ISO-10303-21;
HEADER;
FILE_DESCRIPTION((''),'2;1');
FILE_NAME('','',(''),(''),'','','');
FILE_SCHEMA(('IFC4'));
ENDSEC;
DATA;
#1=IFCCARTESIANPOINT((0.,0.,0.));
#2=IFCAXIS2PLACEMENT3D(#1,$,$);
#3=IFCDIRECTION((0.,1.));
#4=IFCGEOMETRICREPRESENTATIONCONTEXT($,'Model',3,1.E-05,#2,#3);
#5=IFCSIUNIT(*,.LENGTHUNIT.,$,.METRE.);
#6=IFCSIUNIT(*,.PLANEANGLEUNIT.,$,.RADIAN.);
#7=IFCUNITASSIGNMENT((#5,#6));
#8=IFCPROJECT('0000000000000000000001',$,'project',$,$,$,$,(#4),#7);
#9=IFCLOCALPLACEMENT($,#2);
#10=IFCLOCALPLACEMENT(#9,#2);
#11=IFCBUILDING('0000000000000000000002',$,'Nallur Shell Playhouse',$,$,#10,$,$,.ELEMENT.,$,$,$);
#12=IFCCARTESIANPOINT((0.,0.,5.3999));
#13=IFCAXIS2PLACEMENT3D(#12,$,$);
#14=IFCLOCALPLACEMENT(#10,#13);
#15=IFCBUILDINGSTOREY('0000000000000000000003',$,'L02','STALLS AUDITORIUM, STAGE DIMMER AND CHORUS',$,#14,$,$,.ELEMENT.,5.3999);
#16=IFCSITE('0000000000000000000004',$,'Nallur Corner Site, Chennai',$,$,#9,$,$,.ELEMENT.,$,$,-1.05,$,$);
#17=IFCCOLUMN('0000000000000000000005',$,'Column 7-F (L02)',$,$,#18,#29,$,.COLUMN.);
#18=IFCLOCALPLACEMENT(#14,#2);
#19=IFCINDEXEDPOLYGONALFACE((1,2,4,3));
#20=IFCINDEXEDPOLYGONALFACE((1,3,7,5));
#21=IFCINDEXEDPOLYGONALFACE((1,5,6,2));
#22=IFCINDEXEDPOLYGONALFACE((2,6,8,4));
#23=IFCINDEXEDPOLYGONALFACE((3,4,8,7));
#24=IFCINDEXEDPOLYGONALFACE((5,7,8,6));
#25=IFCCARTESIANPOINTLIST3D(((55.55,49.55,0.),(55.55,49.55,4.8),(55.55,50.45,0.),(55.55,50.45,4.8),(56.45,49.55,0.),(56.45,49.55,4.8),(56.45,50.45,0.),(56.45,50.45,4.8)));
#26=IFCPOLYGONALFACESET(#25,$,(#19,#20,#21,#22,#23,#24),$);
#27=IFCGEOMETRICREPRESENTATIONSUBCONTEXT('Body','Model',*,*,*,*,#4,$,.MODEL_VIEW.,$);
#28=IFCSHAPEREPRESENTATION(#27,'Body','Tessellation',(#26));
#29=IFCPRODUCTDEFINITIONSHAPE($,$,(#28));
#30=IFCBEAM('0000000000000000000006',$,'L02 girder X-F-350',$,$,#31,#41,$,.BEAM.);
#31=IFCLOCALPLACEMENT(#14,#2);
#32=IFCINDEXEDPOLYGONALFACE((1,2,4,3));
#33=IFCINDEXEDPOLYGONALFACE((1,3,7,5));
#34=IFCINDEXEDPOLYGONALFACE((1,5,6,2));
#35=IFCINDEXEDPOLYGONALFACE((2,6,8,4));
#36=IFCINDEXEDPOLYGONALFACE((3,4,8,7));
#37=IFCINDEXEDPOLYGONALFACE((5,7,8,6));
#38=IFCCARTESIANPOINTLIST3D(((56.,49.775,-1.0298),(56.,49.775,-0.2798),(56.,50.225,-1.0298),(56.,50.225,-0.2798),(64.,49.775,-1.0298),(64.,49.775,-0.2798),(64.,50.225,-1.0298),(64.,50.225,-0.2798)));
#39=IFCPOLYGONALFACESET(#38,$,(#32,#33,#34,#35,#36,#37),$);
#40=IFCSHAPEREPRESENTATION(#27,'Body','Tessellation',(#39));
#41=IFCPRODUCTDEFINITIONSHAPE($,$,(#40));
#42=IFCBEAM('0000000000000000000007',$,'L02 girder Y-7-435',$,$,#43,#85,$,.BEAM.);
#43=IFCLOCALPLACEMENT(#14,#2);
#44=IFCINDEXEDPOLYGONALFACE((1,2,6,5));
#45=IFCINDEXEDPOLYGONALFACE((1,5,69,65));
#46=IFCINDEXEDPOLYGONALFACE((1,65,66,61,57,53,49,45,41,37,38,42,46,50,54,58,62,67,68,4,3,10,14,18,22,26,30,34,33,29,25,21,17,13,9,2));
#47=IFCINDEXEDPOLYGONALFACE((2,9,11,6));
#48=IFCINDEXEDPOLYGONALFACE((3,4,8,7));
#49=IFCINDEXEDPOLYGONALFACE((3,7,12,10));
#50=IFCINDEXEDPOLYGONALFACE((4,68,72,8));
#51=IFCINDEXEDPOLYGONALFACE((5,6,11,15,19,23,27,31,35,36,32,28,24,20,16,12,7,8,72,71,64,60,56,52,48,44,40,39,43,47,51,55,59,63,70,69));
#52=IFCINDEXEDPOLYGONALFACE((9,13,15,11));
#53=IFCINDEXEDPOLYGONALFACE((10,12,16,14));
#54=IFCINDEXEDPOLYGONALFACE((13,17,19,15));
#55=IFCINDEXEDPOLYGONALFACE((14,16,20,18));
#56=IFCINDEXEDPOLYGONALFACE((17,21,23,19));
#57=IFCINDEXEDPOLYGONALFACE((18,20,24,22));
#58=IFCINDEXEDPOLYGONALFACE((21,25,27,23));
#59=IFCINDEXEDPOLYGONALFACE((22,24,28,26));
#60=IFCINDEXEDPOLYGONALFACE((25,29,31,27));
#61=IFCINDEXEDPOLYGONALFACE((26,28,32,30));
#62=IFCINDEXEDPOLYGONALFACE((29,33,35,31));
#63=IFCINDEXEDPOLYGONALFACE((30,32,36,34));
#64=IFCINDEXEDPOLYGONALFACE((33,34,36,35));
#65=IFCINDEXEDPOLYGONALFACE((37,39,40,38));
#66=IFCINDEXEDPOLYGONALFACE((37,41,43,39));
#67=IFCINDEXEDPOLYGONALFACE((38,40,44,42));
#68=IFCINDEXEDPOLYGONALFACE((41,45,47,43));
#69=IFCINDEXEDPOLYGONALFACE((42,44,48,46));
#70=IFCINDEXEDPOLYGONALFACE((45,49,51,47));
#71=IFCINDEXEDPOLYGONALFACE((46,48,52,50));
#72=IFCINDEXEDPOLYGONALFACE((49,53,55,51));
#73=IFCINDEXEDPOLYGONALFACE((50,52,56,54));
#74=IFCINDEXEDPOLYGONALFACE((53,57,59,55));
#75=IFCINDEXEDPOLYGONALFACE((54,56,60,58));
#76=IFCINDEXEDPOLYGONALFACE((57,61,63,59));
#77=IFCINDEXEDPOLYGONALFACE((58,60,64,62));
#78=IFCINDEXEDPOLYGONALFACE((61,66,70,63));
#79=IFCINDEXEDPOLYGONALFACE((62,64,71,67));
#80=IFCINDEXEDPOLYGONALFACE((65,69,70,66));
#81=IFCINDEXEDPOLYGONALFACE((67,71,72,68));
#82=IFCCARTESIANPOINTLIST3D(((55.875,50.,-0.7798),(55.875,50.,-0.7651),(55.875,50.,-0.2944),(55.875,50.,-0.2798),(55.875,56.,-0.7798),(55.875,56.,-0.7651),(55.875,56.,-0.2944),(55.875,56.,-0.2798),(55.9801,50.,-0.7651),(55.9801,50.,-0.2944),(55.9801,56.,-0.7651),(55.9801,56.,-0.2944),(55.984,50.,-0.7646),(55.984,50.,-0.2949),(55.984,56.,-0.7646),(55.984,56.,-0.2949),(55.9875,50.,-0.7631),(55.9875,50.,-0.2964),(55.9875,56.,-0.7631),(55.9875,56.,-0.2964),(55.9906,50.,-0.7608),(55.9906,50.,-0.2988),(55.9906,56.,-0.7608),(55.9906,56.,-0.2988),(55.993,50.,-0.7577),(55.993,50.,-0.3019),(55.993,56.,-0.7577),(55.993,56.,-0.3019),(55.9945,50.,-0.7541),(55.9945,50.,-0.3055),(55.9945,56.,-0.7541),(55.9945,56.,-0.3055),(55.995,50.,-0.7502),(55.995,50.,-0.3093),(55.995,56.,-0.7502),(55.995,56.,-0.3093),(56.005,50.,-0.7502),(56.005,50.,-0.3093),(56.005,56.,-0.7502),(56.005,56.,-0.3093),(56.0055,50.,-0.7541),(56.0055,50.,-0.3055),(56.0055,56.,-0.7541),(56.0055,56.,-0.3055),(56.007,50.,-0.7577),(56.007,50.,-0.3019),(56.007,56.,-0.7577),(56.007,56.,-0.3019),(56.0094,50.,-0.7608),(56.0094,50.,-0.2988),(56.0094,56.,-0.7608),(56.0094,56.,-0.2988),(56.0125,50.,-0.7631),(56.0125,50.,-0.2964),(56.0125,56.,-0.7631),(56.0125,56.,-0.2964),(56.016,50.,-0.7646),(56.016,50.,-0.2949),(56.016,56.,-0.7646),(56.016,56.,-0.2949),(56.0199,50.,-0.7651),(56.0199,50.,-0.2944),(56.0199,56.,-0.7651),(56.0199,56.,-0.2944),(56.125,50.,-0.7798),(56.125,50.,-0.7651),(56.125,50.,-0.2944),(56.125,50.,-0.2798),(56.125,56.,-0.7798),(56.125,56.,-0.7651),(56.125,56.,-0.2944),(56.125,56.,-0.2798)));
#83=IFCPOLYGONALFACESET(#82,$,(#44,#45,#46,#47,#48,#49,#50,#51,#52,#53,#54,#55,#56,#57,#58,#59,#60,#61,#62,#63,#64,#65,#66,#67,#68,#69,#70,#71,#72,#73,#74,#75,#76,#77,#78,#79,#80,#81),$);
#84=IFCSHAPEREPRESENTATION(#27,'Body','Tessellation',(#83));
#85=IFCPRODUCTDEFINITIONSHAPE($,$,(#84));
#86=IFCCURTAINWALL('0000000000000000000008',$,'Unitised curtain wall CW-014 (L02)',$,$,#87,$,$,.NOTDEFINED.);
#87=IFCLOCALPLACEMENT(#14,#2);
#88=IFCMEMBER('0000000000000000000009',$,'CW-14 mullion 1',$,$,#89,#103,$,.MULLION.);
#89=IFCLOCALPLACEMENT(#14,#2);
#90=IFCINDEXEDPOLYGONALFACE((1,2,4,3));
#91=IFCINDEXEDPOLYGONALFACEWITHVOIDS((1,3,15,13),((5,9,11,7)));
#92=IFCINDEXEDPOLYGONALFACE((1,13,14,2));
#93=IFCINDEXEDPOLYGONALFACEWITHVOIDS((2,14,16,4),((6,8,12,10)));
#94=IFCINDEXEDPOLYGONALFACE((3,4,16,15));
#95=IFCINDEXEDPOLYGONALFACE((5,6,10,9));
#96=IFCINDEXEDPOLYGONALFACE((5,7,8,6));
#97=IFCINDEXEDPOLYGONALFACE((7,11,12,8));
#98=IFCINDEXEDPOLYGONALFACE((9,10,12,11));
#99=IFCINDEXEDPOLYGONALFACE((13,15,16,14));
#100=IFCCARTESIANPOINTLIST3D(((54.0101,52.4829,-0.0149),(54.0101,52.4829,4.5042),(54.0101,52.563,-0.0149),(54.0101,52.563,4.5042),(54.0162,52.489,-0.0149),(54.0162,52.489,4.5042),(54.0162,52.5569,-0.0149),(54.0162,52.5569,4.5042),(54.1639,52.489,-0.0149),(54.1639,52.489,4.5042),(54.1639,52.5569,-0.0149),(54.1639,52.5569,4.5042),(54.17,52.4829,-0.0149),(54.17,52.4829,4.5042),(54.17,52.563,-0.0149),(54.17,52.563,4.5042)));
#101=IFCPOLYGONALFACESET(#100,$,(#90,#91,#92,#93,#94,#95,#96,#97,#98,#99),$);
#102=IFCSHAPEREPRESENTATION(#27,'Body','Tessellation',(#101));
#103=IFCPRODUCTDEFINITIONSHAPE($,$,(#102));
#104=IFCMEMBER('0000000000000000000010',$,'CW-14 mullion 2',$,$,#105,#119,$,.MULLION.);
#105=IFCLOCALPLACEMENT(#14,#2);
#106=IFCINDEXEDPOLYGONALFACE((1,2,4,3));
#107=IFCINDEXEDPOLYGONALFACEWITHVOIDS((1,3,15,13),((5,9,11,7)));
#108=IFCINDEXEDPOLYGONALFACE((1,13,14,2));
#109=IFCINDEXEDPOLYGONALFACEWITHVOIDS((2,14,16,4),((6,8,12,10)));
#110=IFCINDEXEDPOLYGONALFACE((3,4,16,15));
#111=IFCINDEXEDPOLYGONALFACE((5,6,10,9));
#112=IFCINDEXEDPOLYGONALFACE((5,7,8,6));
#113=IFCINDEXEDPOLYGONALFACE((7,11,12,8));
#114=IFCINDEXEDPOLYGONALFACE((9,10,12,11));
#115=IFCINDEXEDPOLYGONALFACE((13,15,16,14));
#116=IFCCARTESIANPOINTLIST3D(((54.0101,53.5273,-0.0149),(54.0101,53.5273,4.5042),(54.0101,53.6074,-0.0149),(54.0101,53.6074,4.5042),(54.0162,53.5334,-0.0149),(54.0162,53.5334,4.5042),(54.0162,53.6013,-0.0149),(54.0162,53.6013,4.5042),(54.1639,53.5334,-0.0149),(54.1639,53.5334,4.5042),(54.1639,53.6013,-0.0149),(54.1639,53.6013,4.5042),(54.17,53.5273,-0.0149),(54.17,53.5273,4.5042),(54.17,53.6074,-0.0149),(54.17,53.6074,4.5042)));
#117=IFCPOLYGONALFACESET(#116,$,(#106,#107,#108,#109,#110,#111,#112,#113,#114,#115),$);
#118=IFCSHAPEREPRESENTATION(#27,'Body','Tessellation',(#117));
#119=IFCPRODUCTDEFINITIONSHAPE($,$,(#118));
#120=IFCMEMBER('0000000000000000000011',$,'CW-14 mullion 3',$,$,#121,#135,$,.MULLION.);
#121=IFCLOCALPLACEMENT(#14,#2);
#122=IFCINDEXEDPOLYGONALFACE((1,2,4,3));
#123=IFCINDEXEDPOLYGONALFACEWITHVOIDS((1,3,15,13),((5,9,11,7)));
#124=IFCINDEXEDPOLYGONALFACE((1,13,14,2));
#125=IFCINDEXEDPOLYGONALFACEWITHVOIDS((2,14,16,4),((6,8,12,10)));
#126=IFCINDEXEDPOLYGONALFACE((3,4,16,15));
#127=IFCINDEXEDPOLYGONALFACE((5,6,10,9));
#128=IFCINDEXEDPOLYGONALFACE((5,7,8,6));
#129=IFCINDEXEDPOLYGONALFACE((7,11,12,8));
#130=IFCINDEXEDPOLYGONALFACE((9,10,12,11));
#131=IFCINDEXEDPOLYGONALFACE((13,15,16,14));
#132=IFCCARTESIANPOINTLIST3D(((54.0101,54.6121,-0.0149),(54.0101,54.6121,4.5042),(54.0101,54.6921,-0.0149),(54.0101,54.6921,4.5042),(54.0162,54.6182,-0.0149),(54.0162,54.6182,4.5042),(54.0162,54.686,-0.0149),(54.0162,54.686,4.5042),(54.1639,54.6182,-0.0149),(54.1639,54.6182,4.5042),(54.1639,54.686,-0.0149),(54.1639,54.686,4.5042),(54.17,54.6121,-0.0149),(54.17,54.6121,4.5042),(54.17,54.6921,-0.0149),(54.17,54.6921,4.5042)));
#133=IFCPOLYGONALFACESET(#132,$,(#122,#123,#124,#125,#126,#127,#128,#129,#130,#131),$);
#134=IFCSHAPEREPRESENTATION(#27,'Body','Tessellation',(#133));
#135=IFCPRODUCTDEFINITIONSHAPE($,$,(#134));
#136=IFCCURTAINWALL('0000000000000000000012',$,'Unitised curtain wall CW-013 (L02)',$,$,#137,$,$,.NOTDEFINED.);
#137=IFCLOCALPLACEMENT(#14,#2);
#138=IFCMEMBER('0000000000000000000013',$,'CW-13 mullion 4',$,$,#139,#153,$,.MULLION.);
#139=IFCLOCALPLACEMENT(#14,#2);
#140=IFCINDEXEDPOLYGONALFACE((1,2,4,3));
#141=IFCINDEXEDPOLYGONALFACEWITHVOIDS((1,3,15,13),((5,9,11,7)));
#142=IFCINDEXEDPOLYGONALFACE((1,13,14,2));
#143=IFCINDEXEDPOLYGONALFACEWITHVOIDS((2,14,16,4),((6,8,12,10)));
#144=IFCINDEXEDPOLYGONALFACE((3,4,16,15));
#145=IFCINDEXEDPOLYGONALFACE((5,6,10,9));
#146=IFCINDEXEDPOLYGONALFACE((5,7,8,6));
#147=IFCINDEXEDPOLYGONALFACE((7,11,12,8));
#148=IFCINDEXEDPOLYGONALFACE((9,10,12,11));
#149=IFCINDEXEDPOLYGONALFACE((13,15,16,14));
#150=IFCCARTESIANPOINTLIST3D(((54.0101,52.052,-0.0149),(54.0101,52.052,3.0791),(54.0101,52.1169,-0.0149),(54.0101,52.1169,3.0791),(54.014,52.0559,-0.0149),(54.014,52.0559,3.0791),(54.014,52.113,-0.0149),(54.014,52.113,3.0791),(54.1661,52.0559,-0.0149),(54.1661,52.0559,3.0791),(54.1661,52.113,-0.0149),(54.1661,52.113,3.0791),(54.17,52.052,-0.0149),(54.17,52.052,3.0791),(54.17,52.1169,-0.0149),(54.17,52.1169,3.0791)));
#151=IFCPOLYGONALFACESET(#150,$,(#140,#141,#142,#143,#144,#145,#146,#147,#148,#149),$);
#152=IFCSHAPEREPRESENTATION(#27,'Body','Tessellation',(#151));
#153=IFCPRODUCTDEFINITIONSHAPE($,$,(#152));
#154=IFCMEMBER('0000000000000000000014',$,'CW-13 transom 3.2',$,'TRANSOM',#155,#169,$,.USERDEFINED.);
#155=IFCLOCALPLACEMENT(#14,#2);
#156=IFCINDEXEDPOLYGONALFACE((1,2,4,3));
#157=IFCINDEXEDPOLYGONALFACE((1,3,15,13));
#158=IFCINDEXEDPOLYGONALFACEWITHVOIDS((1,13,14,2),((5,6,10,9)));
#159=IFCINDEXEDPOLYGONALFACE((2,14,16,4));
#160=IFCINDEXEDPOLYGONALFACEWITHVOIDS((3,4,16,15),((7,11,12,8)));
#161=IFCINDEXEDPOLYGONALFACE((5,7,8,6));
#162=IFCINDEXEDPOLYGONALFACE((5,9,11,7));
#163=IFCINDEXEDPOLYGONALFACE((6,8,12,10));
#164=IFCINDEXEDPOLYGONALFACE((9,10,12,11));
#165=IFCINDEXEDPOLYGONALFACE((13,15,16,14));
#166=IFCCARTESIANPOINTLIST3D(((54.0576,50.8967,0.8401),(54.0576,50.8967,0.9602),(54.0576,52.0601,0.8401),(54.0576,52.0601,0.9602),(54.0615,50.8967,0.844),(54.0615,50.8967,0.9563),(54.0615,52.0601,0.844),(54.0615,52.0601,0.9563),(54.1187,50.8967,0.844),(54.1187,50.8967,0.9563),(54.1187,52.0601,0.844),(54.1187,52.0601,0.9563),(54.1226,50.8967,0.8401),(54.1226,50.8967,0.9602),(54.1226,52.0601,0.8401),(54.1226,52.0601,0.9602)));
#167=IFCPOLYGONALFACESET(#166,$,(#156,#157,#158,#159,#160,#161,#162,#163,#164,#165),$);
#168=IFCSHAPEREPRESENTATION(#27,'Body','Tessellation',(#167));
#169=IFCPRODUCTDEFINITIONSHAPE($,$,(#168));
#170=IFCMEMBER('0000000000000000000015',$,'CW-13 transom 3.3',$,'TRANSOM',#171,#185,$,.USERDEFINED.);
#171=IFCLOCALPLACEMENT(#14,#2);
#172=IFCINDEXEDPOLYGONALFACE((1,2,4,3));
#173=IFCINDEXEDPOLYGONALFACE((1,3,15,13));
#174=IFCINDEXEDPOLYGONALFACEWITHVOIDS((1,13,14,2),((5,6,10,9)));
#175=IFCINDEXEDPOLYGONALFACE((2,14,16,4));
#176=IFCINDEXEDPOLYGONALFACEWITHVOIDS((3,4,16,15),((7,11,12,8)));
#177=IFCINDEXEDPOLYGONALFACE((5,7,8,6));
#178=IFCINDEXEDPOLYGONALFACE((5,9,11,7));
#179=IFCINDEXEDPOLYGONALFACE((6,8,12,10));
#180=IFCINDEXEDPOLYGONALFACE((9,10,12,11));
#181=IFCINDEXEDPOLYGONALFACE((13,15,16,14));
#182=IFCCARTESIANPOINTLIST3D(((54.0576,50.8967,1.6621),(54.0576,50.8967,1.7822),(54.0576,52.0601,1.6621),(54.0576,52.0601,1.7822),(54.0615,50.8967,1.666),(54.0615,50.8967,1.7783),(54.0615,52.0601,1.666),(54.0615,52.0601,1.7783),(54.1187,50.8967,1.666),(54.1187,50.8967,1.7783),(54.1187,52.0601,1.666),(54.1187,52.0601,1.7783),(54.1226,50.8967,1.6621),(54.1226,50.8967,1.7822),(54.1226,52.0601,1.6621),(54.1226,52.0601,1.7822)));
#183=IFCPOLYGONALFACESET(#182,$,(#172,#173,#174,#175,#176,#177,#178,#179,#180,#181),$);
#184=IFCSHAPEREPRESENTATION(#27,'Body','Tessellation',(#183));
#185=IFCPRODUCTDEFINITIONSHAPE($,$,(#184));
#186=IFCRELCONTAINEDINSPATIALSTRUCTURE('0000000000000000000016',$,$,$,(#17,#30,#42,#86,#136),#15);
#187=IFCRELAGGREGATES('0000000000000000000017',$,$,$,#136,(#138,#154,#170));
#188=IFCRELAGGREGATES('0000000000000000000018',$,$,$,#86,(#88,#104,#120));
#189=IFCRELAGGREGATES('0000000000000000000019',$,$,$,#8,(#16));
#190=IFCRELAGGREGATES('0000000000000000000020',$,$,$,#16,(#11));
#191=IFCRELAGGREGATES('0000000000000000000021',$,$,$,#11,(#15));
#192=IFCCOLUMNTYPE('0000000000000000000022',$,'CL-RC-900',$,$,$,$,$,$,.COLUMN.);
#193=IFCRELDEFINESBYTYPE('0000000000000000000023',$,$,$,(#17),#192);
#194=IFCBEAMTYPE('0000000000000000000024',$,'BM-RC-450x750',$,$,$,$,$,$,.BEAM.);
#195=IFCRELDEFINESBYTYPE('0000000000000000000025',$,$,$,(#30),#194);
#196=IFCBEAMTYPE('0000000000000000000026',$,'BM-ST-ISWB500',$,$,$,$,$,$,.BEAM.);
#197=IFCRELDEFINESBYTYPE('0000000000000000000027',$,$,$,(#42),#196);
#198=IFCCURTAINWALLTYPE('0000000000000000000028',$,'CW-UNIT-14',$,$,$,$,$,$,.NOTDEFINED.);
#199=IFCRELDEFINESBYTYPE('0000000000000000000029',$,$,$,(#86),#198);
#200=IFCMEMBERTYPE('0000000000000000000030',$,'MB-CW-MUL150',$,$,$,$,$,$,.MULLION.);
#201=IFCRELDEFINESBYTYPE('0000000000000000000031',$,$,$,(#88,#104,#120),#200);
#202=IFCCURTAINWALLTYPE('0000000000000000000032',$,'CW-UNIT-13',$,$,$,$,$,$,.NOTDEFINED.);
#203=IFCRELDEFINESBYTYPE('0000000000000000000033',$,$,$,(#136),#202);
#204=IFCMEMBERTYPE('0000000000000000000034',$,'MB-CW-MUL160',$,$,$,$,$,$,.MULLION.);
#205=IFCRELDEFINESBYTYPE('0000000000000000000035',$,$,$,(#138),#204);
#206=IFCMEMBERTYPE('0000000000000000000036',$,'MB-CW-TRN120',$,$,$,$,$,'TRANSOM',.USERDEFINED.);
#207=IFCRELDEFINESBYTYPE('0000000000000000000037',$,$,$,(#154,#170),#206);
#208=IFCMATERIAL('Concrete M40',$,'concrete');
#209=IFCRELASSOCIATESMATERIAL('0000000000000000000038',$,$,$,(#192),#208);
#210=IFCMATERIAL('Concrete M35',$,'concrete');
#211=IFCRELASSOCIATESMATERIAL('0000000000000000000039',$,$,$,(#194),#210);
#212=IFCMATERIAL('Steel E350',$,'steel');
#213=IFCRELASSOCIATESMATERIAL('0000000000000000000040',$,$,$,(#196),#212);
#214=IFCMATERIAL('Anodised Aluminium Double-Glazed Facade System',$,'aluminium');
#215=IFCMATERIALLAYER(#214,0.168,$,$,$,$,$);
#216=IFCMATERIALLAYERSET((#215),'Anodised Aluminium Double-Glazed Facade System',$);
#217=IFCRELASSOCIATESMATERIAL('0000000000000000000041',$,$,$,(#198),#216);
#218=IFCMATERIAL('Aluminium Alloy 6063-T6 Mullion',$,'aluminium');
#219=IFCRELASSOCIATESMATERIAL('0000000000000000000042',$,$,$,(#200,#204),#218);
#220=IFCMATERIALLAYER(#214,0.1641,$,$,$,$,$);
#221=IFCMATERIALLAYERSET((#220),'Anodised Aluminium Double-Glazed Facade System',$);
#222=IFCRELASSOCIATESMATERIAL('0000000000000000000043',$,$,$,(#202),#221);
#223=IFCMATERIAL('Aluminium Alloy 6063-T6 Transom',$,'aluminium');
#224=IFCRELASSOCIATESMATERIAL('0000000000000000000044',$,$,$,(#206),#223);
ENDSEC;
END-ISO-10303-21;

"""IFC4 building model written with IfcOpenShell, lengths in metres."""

from ifc_helpers import new_model, si_unit, direction, frame, origin, origin_2d, place, context, subcontext, project, spatial, rectangle, hollow_rectangle, i_section, extrude, material, layer, layer_set, material_profile, profile_set, type_object, element, aggregate, save


model = new_model("IFC4")

# Units and contexts
model_context = context("Model", 3, precision=1e-05, world=origin(), true_north=direction((0.0, 1.0)))
body_context = subcontext(model_context, "Body", "Model", "MODEL_VIEW")
ifc_project = project(units=[si_unit("LENGTHUNIT", "METRE"), si_unit("PLANEANGLEUNIT", "RADIAN")], contexts=[model_context])

# Site, building, storey
site_placement = place(None, origin())
site = spatial("IfcSite", under=ifc_project, at=site_placement, Name="Nallur Corner Site, Chennai", CompositionType="ELEMENT", RefElevation=-1.05)
building_placement = place(site_placement, origin())
building = spatial("IfcBuilding", under=site, at=building_placement, Name="Nallur Shell Playhouse", CompositionType="ELEMENT")
storey_placement = place(building_placement, frame((0.0, 0.0, 5.3999)))
storey = spatial("IfcBuildingStorey", under=building, at=storey_placement, Name="L02", Description="STALLS AUDITORIUM, STAGE DIMMER AND CHORUS", CompositionType="ELEMENT", Elevation=5.3999)

# Column
ifc_material_1 = material(Name="Concrete M40", Category="concrete")
ifc_material_profile_1 = material_profile(ifc_material_1, rectangle(XDim=0.8999, YDim=0.8999, at=origin_2d()), Name="RC 900x900")
ifc_profile_set_1 = profile_set([ifc_material_profile_1], Name="Concrete M40")
column_type = type_object("IfcColumnType", Name="CL-RC-900", PredefinedType="COLUMN", material=ifc_profile_set_1)
column_placement = place(storey_placement, frame((56.0, 50.0, 0.0), z_axis=(0.0, 0.0, 1.0), x_axis=(1.0, 0.0, 0.0)))
element("IfcColumn", 1, at=column_placement, inside=storey, type_object=column_type, Name="Column 7-F (L02)", PredefinedType="COLUMN", context=body_context, shape_type="SweptSolid", body=[
    extrude(rectangle(XDim=0.8999, YDim=0.8999, at=origin_2d()), origin(), (0.0, 0.0, 1.0), 4.8),
])

# Beams
ifc_material_2 = material(Name="Concrete M35", Category="concrete")
ifc_material_profile_2 = material_profile(ifc_material_2, rectangle(XDim=0.45, YDim=0.75, at=origin_2d()), Name="RC 450x750")
ifc_profile_set_2 = profile_set([ifc_material_profile_2], Name="Concrete M35")
beam_type_1 = type_object("IfcBeamType", Name="BM-RC-450x750", PredefinedType="BEAM", material=ifc_profile_set_2)
beam_1_placement = place(storey_placement, frame((56.0, 50.0, -0.6548), z_axis=(1.0, 0.0, 0.0), x_axis=(0.0, 1.0, 0.0)))
element("IfcBeam", 2, at=beam_1_placement, inside=storey, type_object=beam_type_1, Name="L02 girder X-F-350", PredefinedType="BEAM", context=body_context, shape_type="SweptSolid", body=[
    extrude(rectangle(XDim=0.45, YDim=0.75, at=origin_2d()), origin(), (0.0, 0.0, 1.0), 8.0),
])
ifc_material_3 = material(Name="Steel E350", Category="steel")
ifc_material_profile_3 = material_profile(ifc_material_3, i_section(OverallWidth=0.25, OverallDepth=0.5, WebThickness=0.01, FlangeThickness=0.0146, FilletRadius=0.0149, at=origin_2d()), Name="ISWB 500")
ifc_profile_set_3 = profile_set([ifc_material_profile_3], Name="Steel E350")
beam_type_2 = type_object("IfcBeamType", Name="BM-ST-ISWB500", PredefinedType="BEAM", material=ifc_profile_set_3)
beam_2_placement = place(storey_placement, frame((56.0, 50.0, -0.5298), z_axis=(0.0, 1.0, 0.0), x_axis=(-1.0, 0.0, 0.0)))
element("IfcBeam", 3, at=beam_2_placement, inside=storey, type_object=beam_type_2, Name="L02 girder Y-7-435", PredefinedType="BEAM", context=body_context, shape_type="SweptSolid", body=[
    extrude(i_section(OverallWidth=0.25, OverallDepth=0.5, WebThickness=0.01, FlangeThickness=0.0146, FilletRadius=0.0149, at=origin_2d()), origin(), (0.0, 0.0, 1.0), 6.0),
])

# Curtain walls, members
ifc_material_4 = material(Name="Anodised Aluminium Double-Glazed Facade System", Category="aluminium")
ifc_layer_1 = layer(ifc_material_4, 0.168)
ifc_layer_set_1 = layer_set([ifc_layer_1], Name="Anodised Aluminium Double-Glazed Facade System")
curtain_wall_type_1 = type_object("IfcCurtainWallType", Name="CW-UNIT-14", PredefinedType="NOTDEFINED", material=ifc_layer_set_1)
curtain_wall_1_placement = place(storey_placement, origin())
curtain_wall_1 = element("IfcCurtainWall", 4, at=curtain_wall_1_placement, inside=storey, type_object=curtain_wall_type_1, Name="Unitised curtain wall CW-014 (L02)", PredefinedType="NOTDEFINED")
ifc_material_5 = material(Name="Aluminium Alloy 6063-T6 Mullion", Category="aluminium")
ifc_material_profile_4 = material_profile(ifc_material_5, hollow_rectangle(XDim=0.0801, YDim=0.1599, WallThickness=0.0061, at=origin_2d()), Name="RHS 160x80x6")
ifc_profile_set_4 = profile_set([ifc_material_profile_4], Name="Aluminium Alloy 6063-T6 Mullion")
member_type_1 = type_object("IfcMemberType", Name="MB-CW-MUL150", PredefinedType="MULLION", material=ifc_profile_set_4)
member_1_placement = place(storey_placement, frame((54.0901, 52.5229, -0.0149), z_axis=(0.0, 0.0, 1.0), x_axis=(0.0, 1.0, 0.0)))
member_1 = element("IfcMember", 5, at=member_1_placement, type_object=member_type_1, Name="CW-14 mullion 1", PredefinedType="MULLION", context=body_context, shape_type="SweptSolid", body=[
    extrude(hollow_rectangle(XDim=0.0801, YDim=0.1599, WallThickness=0.0061, at=origin_2d()), origin(), (0.0, 0.0, 1.0), 4.519),
])
member_2_placement = place(storey_placement, frame((54.0901, 53.5674, -0.0149), z_axis=(0.0, 0.0, 1.0), x_axis=(0.0, 1.0, 0.0)))
member_2 = element("IfcMember", 6, at=member_2_placement, type_object=member_type_1, Name="CW-14 mullion 2", PredefinedType="MULLION", context=body_context, shape_type="SweptSolid", body=[
    extrude(hollow_rectangle(XDim=0.0801, YDim=0.1599, WallThickness=0.0061, at=origin_2d()), origin(), (0.0, 0.0, 1.0), 4.519),
])
member_3_placement = place(storey_placement, frame((54.0901, 54.6521, -0.0149), z_axis=(0.0, 0.0, 1.0), x_axis=(0.0, 1.0, 0.0)))
member_3 = element("IfcMember", 7, at=member_3_placement, type_object=member_type_1, Name="CW-14 mullion 3", PredefinedType="MULLION", context=body_context, shape_type="SweptSolid", body=[
    extrude(hollow_rectangle(XDim=0.0801, YDim=0.1599, WallThickness=0.0061, at=origin_2d()), origin(), (0.0, 0.0, 1.0), 4.519),
])
ifc_layer_2 = layer(ifc_material_4, 0.1641)
ifc_layer_set_2 = layer_set([ifc_layer_2], Name="Anodised Aluminium Double-Glazed Facade System")
curtain_wall_type_2 = type_object("IfcCurtainWallType", Name="CW-UNIT-13", PredefinedType="NOTDEFINED", material=ifc_layer_set_2)
curtain_wall_2_placement = place(storey_placement, origin())
curtain_wall_2 = element("IfcCurtainWall", 8, at=curtain_wall_2_placement, inside=storey, type_object=curtain_wall_type_2, Name="Unitised curtain wall CW-013 (L02)", PredefinedType="NOTDEFINED")
ifc_material_profile_5 = material_profile(ifc_material_5, hollow_rectangle(XDim=0.0649, YDim=0.1599, WallThickness=0.0039, at=origin_2d()), Name="ALU 65x160x4")
ifc_profile_set_5 = profile_set([ifc_material_profile_5], Name="Aluminium Alloy 6063-T6 Mullion")
member_type_2 = type_object("IfcMemberType", Name="MB-CW-MUL160", PredefinedType="MULLION", material=ifc_profile_set_5)
member_4_placement = place(storey_placement, frame((54.0901, 52.0845, -0.0149), z_axis=(0.0, 0.0, 1.0), x_axis=(0.0, 1.0, 0.0)))
member_4 = element("IfcMember", 9, at=member_4_placement, type_object=member_type_2, Name="CW-13 mullion 4", PredefinedType="MULLION", context=body_context, shape_type="SweptSolid", body=[
    extrude(hollow_rectangle(XDim=0.0649, YDim=0.1599, WallThickness=0.0039, at=origin_2d()), origin(), (0.0, 0.0, 1.0), 3.094),
])
ifc_material_6 = material(Name="Aluminium Alloy 6063-T6 Transom", Category="aluminium")
ifc_material_profile_6 = material_profile(ifc_material_6, hollow_rectangle(XDim=0.0649, YDim=0.1201, WallThickness=0.0039, at=origin_2d()), Name="ALU 65x120x4")
ifc_profile_set_6 = profile_set([ifc_material_profile_6], Name="Aluminium Alloy 6063-T6 Transom")
member_type_3 = type_object("IfcMemberType", Name="MB-CW-TRN120", ElementType="TRANSOM", PredefinedType="USERDEFINED", material=ifc_profile_set_6)
member_5_placement = place(storey_placement, frame((54.0901, 50.8967, 0.9001), z_axis=(0.0, 1.0, 0.0), x_axis=(-1.0, 0.0, 0.0)))
member_5 = element("IfcMember", 10, at=member_5_placement, type_object=member_type_3, Name="CW-13 transom 3.2", ObjectType="TRANSOM", PredefinedType="USERDEFINED", context=body_context, shape_type="SweptSolid", body=[
    extrude(hollow_rectangle(XDim=0.0649, YDim=0.1201, WallThickness=0.0039, at=origin_2d()), origin(), (0.0, 0.0, 1.0), 1.1633),
])
member_6_placement = place(storey_placement, frame((54.0901, 50.8967, 1.7222), z_axis=(0.0, 1.0, 0.0), x_axis=(-1.0, 0.0, 0.0)))
member_6 = element("IfcMember", 11, at=member_6_placement, type_object=member_type_3, Name="CW-13 transom 3.3", ObjectType="TRANSOM", PredefinedType="USERDEFINED", context=body_context, shape_type="SweptSolid", body=[
    extrude(hollow_rectangle(XDim=0.0649, YDim=0.1201, WallThickness=0.0039, at=origin_2d()), origin(), (0.0, 0.0, 1.0), 1.1633),
])

aggregate(curtain_wall_2, [member_4, member_5, member_6])
aggregate(curtain_wall_1, [member_1, member_2, member_3])

save(model, "model.ifc")
